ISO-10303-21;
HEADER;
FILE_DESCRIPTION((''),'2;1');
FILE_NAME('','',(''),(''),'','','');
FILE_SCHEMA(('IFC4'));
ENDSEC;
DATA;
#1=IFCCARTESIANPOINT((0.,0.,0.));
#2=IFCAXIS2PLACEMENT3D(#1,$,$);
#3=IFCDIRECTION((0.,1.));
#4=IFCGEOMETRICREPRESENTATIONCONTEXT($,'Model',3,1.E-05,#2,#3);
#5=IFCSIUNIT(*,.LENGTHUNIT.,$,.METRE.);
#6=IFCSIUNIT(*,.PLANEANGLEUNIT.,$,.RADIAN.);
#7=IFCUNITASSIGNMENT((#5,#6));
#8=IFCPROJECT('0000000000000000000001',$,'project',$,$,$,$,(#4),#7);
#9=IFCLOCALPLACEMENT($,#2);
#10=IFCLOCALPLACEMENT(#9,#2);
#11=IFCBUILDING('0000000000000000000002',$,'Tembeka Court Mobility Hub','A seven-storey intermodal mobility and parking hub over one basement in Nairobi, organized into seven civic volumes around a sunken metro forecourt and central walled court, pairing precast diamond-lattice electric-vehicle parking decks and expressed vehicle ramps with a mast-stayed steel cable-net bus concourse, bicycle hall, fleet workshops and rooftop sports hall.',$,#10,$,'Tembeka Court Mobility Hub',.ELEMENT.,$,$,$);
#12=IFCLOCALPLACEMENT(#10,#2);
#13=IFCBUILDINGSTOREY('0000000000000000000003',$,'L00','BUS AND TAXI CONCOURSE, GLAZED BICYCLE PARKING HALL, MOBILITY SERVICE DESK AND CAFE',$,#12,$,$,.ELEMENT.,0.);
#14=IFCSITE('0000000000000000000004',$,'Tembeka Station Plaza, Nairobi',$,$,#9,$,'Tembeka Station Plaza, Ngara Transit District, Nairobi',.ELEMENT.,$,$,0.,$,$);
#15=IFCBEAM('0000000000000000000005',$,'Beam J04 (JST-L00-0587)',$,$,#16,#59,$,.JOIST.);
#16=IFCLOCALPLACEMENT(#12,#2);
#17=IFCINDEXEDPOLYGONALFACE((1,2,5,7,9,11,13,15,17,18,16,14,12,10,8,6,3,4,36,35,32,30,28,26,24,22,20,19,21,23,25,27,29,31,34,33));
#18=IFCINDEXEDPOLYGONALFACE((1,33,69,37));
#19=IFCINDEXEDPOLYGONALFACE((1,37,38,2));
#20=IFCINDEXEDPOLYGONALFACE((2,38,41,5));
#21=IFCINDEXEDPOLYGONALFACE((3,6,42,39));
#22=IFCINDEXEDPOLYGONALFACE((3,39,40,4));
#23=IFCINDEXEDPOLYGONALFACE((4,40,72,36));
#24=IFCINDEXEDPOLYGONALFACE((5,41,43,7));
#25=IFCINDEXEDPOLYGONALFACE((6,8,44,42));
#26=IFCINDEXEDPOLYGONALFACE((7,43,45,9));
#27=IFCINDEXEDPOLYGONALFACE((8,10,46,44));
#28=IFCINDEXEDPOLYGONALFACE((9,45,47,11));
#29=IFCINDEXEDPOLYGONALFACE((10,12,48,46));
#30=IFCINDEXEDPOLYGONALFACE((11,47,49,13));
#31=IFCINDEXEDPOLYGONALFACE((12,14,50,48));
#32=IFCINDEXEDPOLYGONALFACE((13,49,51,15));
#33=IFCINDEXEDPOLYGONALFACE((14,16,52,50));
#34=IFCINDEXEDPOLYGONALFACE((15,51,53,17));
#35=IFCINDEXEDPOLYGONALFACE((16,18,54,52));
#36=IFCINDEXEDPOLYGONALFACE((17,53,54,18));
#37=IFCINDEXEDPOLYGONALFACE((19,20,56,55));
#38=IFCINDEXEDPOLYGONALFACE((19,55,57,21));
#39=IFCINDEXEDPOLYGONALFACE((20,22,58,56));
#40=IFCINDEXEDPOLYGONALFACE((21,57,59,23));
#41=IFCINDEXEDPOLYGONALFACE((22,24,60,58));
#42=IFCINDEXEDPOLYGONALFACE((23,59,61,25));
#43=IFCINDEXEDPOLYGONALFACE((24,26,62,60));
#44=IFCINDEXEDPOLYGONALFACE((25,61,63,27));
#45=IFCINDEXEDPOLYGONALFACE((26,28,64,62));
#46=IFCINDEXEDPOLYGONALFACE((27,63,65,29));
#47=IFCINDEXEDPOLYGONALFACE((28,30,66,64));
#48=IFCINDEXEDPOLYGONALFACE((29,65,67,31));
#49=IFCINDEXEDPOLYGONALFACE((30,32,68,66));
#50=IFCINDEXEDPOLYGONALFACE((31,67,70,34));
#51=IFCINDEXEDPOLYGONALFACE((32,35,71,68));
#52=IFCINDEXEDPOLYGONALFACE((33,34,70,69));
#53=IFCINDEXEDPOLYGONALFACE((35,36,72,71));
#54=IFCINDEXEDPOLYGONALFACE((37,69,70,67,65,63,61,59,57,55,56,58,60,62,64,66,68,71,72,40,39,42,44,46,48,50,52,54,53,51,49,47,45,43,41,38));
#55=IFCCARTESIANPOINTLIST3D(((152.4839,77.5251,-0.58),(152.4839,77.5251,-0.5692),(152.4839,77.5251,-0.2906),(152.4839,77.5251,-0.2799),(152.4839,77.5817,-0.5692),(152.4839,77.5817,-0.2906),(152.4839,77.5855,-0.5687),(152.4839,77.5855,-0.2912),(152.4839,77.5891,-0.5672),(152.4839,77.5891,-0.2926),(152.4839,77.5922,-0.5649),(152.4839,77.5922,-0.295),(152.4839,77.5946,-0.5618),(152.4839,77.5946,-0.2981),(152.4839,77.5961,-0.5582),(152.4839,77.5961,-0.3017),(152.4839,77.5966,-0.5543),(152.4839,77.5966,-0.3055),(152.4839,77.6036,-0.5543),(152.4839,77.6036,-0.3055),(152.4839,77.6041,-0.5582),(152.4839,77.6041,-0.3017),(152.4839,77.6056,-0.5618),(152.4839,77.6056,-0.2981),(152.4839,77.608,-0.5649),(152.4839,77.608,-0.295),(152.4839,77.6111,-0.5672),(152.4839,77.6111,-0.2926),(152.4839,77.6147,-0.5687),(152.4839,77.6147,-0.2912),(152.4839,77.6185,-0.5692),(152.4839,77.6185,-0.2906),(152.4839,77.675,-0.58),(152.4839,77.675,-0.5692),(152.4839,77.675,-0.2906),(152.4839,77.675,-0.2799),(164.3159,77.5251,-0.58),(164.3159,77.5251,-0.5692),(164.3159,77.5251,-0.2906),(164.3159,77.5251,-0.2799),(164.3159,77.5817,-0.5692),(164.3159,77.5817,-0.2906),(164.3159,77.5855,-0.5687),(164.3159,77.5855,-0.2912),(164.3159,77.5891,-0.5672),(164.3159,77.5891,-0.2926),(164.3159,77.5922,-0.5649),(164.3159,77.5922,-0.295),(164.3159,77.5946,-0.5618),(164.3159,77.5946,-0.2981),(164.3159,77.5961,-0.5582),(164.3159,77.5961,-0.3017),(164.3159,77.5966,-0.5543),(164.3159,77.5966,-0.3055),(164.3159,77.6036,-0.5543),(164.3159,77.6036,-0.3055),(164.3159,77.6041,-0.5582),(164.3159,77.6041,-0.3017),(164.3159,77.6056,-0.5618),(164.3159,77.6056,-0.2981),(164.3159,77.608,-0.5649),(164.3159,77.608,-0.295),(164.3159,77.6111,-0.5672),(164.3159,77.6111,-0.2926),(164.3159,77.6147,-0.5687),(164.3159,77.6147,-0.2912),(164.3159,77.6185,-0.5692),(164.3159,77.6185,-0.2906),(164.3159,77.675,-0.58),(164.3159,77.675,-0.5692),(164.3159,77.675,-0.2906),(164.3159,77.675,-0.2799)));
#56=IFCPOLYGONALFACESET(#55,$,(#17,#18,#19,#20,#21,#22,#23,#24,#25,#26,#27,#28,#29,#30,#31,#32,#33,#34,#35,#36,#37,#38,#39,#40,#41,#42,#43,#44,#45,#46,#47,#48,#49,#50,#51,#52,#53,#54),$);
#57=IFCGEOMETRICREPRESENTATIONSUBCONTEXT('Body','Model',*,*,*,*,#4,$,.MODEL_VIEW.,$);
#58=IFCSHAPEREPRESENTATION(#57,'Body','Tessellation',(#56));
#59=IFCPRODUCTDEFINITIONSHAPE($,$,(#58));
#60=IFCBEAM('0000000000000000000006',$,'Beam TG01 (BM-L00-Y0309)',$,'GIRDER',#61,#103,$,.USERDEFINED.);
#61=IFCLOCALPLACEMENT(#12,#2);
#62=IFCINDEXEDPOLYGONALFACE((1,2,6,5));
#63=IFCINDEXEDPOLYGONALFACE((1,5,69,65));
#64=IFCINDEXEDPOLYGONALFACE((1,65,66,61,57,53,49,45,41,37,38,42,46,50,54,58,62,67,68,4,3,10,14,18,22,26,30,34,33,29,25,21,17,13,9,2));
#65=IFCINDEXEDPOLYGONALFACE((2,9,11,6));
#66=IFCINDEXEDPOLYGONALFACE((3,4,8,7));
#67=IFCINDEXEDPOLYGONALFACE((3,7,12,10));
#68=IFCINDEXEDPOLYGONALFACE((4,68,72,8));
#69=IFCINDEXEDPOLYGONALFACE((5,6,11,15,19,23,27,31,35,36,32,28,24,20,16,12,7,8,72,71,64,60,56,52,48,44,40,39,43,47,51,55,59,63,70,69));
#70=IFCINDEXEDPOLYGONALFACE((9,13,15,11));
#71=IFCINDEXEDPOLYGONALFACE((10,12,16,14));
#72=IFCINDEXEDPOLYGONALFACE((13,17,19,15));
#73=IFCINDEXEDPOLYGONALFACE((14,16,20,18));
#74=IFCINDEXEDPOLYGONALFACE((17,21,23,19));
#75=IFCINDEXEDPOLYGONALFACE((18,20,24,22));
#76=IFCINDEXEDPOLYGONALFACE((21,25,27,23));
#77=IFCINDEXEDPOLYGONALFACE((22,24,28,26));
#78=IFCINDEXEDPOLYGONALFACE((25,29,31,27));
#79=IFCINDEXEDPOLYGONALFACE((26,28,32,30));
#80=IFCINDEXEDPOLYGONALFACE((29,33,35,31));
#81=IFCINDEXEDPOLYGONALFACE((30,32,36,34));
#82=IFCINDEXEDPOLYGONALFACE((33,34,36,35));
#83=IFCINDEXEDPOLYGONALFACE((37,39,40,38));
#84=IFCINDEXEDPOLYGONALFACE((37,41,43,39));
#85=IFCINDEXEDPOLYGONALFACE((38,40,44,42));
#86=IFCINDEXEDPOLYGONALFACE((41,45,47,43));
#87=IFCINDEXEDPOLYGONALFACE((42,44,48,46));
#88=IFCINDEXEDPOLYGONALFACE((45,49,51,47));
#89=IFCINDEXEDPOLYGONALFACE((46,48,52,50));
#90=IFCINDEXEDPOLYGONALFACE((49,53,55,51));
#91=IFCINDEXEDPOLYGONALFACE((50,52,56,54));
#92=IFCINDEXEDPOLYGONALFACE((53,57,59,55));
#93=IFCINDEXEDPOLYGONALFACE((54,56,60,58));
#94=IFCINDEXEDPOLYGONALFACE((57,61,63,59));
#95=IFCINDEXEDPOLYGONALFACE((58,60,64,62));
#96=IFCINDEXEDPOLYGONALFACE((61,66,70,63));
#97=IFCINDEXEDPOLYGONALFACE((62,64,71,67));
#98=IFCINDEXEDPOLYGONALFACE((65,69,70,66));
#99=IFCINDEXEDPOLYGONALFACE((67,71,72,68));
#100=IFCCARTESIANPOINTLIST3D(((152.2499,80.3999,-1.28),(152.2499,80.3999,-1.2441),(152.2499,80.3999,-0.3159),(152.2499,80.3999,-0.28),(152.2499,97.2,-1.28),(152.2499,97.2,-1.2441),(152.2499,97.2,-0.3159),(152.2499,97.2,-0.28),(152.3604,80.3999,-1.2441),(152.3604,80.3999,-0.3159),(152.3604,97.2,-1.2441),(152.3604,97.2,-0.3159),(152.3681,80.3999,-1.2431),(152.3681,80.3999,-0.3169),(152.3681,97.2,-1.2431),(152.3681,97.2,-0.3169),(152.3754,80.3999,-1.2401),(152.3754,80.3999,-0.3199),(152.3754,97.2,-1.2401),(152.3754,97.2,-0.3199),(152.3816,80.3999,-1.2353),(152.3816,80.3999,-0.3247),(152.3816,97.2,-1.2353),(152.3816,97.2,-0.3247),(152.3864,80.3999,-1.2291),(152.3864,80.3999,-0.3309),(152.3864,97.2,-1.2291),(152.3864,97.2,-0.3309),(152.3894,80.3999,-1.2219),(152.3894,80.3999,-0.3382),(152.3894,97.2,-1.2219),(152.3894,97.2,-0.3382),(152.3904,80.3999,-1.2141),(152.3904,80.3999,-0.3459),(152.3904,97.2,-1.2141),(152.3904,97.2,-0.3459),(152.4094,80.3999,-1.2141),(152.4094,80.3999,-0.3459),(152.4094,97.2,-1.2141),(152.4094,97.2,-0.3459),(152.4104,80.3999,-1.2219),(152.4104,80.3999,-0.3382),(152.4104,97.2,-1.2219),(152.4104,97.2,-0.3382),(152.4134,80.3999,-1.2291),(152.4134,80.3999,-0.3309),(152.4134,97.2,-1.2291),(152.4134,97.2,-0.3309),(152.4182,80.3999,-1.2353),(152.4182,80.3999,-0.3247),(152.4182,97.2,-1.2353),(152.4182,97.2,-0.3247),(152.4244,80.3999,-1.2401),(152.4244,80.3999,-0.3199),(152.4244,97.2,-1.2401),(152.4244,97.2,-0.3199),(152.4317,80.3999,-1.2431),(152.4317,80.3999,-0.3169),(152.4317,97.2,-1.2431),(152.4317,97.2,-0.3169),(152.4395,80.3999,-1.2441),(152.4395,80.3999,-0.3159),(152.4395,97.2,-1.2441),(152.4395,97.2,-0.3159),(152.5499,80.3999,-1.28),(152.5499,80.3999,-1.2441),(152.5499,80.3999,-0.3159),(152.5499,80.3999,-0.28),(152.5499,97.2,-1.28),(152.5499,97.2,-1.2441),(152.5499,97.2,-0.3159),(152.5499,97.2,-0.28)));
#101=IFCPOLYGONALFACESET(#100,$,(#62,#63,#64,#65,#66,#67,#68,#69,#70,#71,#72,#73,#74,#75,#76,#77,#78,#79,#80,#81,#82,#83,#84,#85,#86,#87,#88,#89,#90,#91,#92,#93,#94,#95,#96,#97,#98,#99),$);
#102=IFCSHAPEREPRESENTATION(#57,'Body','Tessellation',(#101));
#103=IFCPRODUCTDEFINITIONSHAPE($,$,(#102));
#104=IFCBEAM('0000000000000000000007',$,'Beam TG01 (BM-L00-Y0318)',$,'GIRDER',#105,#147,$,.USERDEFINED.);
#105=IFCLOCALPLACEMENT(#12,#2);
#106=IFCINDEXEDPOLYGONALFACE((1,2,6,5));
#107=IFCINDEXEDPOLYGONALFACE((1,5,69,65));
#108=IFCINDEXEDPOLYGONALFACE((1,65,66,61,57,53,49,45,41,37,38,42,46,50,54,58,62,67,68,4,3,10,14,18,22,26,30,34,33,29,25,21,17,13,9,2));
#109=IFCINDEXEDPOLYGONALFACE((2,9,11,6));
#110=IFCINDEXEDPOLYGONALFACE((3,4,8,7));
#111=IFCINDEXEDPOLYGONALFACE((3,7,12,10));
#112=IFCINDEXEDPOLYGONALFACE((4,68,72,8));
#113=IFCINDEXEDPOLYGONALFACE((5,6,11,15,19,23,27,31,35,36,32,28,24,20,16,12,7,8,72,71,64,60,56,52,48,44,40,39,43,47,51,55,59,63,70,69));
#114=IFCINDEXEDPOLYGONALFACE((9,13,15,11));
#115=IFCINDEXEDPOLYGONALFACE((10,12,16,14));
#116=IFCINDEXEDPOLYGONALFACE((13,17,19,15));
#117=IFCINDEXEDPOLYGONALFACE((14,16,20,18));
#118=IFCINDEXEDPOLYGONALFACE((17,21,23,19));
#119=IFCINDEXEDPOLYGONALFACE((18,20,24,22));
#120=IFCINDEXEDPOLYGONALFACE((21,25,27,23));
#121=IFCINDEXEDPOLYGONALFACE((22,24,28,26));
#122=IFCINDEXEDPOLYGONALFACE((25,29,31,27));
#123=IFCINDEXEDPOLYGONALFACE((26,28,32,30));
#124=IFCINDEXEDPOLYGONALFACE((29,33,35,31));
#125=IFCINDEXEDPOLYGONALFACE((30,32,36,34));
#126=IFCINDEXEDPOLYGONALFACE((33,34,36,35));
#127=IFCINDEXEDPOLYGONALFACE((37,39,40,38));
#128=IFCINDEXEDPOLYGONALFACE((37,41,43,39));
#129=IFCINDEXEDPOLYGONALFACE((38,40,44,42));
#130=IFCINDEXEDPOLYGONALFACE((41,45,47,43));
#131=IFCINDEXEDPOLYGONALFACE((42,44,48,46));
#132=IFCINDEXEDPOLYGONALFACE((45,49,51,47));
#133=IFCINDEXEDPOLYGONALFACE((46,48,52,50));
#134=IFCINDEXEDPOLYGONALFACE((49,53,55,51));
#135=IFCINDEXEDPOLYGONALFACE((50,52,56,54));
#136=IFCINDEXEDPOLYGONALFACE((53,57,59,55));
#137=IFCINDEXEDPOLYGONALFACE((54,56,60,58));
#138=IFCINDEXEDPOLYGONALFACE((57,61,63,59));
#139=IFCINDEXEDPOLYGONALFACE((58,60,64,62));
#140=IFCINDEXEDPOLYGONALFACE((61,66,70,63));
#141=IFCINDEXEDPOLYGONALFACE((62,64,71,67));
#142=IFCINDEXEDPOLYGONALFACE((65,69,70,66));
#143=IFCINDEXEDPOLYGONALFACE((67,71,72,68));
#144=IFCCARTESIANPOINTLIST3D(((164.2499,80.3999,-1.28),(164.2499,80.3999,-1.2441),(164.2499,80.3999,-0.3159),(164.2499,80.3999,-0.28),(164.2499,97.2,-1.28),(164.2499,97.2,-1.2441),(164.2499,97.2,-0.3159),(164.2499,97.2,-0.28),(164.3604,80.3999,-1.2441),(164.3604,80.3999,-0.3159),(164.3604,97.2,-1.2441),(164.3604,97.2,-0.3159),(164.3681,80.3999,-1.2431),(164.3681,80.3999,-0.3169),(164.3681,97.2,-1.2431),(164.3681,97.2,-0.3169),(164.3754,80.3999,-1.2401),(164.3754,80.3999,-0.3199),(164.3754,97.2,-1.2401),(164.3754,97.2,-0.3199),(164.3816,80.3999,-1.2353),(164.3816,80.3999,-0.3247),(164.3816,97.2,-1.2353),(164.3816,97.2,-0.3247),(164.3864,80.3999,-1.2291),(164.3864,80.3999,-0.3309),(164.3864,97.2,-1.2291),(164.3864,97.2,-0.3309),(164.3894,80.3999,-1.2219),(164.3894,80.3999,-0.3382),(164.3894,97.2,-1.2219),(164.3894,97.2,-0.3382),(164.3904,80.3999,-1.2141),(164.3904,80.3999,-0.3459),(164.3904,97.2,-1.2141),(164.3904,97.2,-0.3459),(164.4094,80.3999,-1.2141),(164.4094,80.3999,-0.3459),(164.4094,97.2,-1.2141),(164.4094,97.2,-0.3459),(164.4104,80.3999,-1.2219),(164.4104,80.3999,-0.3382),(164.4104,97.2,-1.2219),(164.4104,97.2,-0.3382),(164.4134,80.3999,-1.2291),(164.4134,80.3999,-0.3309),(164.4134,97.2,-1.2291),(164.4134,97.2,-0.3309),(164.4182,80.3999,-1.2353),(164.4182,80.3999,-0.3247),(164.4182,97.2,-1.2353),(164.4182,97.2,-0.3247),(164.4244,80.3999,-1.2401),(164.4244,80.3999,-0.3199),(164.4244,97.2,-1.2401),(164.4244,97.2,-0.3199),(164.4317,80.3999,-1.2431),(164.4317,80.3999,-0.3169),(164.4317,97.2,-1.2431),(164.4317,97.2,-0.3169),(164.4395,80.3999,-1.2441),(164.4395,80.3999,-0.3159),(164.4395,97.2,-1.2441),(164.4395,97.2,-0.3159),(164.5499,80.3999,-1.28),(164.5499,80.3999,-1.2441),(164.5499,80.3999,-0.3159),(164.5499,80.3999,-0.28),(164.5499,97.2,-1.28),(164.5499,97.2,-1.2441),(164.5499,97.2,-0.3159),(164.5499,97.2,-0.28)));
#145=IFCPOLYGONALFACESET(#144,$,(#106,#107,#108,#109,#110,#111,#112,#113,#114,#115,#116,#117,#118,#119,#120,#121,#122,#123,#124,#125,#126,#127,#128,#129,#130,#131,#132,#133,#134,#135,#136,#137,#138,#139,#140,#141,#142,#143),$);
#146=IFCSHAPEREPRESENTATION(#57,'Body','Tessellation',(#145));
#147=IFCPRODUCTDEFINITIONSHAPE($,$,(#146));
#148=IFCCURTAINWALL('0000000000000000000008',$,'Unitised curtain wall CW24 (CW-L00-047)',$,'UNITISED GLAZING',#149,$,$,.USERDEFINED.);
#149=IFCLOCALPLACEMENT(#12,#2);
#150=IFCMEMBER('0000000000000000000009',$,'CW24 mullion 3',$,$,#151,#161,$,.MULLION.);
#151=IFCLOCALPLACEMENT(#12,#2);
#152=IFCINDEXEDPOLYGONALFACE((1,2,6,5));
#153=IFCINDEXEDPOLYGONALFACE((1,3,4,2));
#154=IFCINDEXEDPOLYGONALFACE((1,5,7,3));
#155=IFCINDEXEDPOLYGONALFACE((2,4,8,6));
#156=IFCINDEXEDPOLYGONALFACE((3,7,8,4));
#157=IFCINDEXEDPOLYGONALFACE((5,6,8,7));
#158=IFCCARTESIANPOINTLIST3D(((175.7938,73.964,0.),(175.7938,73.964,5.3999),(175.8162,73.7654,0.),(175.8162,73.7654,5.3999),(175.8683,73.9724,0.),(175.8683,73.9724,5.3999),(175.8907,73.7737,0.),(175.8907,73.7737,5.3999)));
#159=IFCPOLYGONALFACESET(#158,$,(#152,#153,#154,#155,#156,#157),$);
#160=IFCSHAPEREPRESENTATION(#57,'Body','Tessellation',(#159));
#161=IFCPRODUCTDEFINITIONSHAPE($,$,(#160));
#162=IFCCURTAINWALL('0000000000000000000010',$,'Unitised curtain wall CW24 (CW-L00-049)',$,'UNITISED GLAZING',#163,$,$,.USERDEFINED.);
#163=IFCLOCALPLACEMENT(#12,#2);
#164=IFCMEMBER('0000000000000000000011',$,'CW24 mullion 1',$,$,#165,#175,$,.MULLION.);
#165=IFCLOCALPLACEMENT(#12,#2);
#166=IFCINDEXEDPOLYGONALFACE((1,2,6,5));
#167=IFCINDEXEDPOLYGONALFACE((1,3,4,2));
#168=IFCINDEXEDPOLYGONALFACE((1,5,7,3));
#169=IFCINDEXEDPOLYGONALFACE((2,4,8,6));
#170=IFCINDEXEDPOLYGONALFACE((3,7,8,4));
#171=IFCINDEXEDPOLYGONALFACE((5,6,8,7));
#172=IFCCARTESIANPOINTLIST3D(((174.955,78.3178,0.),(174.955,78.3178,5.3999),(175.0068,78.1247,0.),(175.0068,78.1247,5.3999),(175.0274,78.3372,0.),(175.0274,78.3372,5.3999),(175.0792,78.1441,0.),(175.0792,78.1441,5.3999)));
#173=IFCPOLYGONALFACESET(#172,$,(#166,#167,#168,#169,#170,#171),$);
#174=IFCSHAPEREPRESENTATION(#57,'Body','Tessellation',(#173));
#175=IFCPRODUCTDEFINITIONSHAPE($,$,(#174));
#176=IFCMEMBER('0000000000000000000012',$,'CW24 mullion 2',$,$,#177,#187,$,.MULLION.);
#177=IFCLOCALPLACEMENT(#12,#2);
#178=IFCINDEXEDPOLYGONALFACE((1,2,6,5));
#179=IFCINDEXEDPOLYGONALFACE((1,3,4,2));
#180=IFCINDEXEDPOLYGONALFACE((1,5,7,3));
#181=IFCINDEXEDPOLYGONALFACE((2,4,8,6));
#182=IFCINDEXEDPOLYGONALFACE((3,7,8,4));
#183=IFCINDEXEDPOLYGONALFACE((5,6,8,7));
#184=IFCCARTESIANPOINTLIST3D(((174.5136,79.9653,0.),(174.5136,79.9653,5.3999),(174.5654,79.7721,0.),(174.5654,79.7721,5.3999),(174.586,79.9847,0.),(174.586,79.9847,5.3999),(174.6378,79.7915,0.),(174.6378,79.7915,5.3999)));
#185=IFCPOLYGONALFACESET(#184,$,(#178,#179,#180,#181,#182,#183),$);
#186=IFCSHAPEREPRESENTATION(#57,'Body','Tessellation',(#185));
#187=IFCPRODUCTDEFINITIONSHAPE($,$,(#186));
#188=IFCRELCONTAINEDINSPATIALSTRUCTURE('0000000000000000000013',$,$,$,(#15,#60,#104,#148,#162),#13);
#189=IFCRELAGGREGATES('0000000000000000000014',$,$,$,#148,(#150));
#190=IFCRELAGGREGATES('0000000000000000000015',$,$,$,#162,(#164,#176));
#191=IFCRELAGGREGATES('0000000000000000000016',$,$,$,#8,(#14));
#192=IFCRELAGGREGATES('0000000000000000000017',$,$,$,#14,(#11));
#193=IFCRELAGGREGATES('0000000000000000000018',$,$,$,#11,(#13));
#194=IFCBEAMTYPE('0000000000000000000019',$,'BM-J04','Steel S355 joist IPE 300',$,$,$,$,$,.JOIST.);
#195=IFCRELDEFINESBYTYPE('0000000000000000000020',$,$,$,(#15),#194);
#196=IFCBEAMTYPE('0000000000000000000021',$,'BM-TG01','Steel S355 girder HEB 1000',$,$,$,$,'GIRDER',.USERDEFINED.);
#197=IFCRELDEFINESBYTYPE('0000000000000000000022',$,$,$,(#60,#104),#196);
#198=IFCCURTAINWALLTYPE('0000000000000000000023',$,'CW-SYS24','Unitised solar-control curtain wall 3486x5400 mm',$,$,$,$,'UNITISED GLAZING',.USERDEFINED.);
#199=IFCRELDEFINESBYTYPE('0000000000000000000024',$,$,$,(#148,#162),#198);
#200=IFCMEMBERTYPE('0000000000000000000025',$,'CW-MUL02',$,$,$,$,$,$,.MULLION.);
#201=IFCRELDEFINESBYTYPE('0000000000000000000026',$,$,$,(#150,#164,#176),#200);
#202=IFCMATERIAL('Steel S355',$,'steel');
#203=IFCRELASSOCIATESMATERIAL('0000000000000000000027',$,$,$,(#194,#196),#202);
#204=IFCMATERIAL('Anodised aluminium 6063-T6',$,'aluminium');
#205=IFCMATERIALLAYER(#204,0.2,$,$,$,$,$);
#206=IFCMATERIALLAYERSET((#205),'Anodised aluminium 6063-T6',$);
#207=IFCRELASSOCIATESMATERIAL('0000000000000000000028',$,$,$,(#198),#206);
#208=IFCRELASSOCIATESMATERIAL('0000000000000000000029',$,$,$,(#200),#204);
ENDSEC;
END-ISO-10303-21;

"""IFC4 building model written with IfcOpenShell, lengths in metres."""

from ifc_helpers import new_model, si_unit, direction, frame, origin, origin_2d, place, context, subcontext, project, spatial, rectangle, i_section, extrude, material, layer, layer_set, material_profile, profile_set, type_object, element, aggregate, save


model = new_model("IFC4")

# Units and contexts
model_context = context("Model", 3, precision=1e-05, world=origin(), true_north=direction((0.0, 1.0)))
body_context = subcontext(model_context, "Body", "Model", "MODEL_VIEW")
ifc_project = project(units=[si_unit("LENGTHUNIT", "METRE"), si_unit("PLANEANGLEUNIT", "RADIAN")], contexts=[model_context])

# Site, building, storey
site_placement = place(None, origin())
site = spatial("IfcSite", under=ifc_project, at=site_placement, Name="Tembeka Station Plaza, Nairobi", LongName="Tembeka Station Plaza, Ngara Transit District, Nairobi", CompositionType="ELEMENT", RefElevation=0.0)
building_placement = place(site_placement, origin())
building = spatial("IfcBuilding", under=site, at=building_placement, Name="Tembeka Court Mobility Hub", Description="A seven-storey intermodal mobility and parking hub over one basement in Nairobi, organized into seven civic volumes around a sunken metro forecourt and central walled court, pairing precast diamond-lattice electric-vehicle parking decks and expressed vehicle ramps with a mast-stayed steel cable-net bus concourse, bicycle hall, fleet workshops and rooftop sports hall.", LongName="Tembeka Court Mobility Hub", CompositionType="ELEMENT")
storey_placement = place(building_placement, origin())
storey = spatial("IfcBuildingStorey", under=building, at=storey_placement, Name="L00", Description="BUS AND TAXI CONCOURSE, GLAZED BICYCLE PARKING HALL, MOBILITY SERVICE DESK AND CAFE", CompositionType="ELEMENT", Elevation=0.0)

# Shared definitions
ifc_material_1 = material(Name="Steel S355", Category="steel")

# Beams
ifc_material_profile_1 = material_profile(ifc_material_1, i_section(OverallWidth=0.1499, OverallDepth=0.3, WebThickness=0.0071, FlangeThickness=0.0107, FilletRadius=0.0149, at=origin_2d()), Name="IPE 300")
ifc_profile_set_1 = profile_set([ifc_material_profile_1], Name="Steel S355")
beam_type_1 = type_object("IfcBeamType", Name="BM-J04", Description="Steel S355 joist IPE 300", PredefinedType="JOIST", material=ifc_profile_set_1)
for number, where, z_axis, x_axis, name in (
    (1, (152.4839, 77.6001, -0.4299), (1.0, 0.0, 0.0), (0.0, 1.0, 0.0), "Beam J04 (JST-L00-0587)"),
):
    element("IfcBeam", number, at=place(storey_placement, frame(where, z_axis=z_axis, x_axis=x_axis)), inside=storey, type_object=beam_type_1, Name=name, PredefinedType="JOIST", context=body_context, shape_type="SweptSolid", body=[
        extrude(i_section(OverallWidth=0.1499, OverallDepth=0.3, WebThickness=0.0071, FlangeThickness=0.0107, FilletRadius=0.0149, at=origin_2d()), origin(), (0.0, 0.0, 1.0), 11.832),
    ])
ifc_material_profile_2 = material_profile(ifc_material_1, i_section(OverallWidth=0.3, OverallDepth=1.0, WebThickness=0.019, FlangeThickness=0.0359, FilletRadius=0.03, at=origin_2d()), Name="HEB 1000")
ifc_profile_set_2 = profile_set([ifc_material_profile_2], Name="Steel S355")
beam_type_2 = type_object("IfcBeamType", Name="BM-TG01", Description="Steel S355 girder HEB 1000", ElementType="GIRDER", PredefinedType="USERDEFINED", material=ifc_profile_set_2)
for number, where, z_axis, x_axis, name in (
    (2, (152.3999, 80.3999, -0.78), (0.0, 1.0, 0.0), (-1.0, 0.0, 0.0), "Beam TG01 (BM-L00-Y0309)"),
    (3, (164.3999, 80.3999, -0.78), (0.0, 1.0, 0.0), (-1.0, 0.0, 0.0), "Beam TG01 (BM-L00-Y0318)"),
):
    element("IfcBeam", number, at=place(storey_placement, frame(where, z_axis=z_axis, x_axis=x_axis)), inside=storey, type_object=beam_type_2, Name=name, ObjectType="GIRDER", PredefinedType="USERDEFINED", context=body_context, shape_type="SweptSolid", body=[
        extrude(i_section(OverallWidth=0.3, OverallDepth=1.0, WebThickness=0.019, FlangeThickness=0.0359, FilletRadius=0.03, at=origin_2d()), origin(), (0.0, 0.0, 1.0), 16.8),
    ])

# Curtain wall, member
ifc_material_2 = material(Name="Anodised aluminium 6063-T6", Category="aluminium")
ifc_layer_1 = layer(ifc_material_2, 0.2)
ifc_layer_set_1 = layer_set([ifc_layer_1], Name="Anodised aluminium 6063-T6")
curtain_wall_type = type_object("IfcCurtainWallType", Name="CW-SYS24", Description="Unitised solar-control curtain wall 3486x5400 mm", ElementType="UNITISED GLAZING", PredefinedType="USERDEFINED", material=ifc_layer_set_1)
curtain_wall_1_placement = place(storey_placement, origin())
curtain_wall_1 = element("IfcCurtainWall", 4, at=curtain_wall_1_placement, inside=storey, type_object=curtain_wall_type, Name="Unitised curtain wall CW24 (CW-L00-047)", ObjectType="UNITISED GLAZING", PredefinedType="USERDEFINED")
ifc_material_profile_3 = material_profile(ifc_material_2, rectangle(XDim=0.075, YDim=0.2, at=origin_2d()), Name="ALU-MUL 75x200")
ifc_profile_set_3 = profile_set([ifc_material_profile_3], Name="Anodised aluminium 6063-T6")
member_type_1 = type_object("IfcMemberType", Name="CW-MUL02", PredefinedType="MULLION", material=ifc_profile_set_3)
member_1_placement = place(storey_placement, frame((175.8423, 73.8689, 0.0), z_axis=(0.0, 0.0, 1.0), x_axis=(-0.99371, -0.111987, 0.0)))
member_1 = element("IfcMember", 5, at=member_1_placement, type_object=member_type_1, Name="CW24 mullion 3", PredefinedType="MULLION", context=body_context, shape_type="SweptSolid", body=[
    extrude(rectangle(XDim=0.075, YDim=0.2, at=origin_2d()), origin(), (0.0, 0.0, 1.0), 5.3999),
])

# Curtain wall, members
curtain_wall_2_placement = place(storey_placement, origin())
curtain_wall_2 = element("IfcCurtainWall", 6, at=curtain_wall_2_placement, inside=storey, type_object=curtain_wall_type, Name="Unitised curtain wall CW24 (CW-L00-049)", ObjectType="UNITISED GLAZING", PredefinedType="USERDEFINED")
member_2_placement = place(storey_placement, frame((175.0171, 78.231, 0.0), z_axis=(0.0, 0.0, 1.0), x_axis=(-0.965923, -0.258828, 0.0)))
member_2 = element("IfcMember", 7, at=member_2_placement, type_object=member_type_1, Name="CW24 mullion 1", PredefinedType="MULLION", context=body_context, shape_type="SweptSolid", body=[
    extrude(rectangle(XDim=0.075, YDim=0.2, at=origin_2d()), origin(), (0.0, 0.0, 1.0), 5.3999),
])
member_3_placement = place(storey_placement, frame((174.5757, 79.8784, 0.0), z_axis=(0.0, 0.0, 1.0), x_axis=(-0.965923, -0.258828, 0.0)))
member_3 = element("IfcMember", 8, at=member_3_placement, type_object=member_type_1, Name="CW24 mullion 2", PredefinedType="MULLION", context=body_context, shape_type="SweptSolid", body=[
    extrude(rectangle(XDim=0.075, YDim=0.2, at=origin_2d()), origin(), (0.0, 0.0, 1.0), 5.3999),
])

aggregate(curtain_wall_1, [member_1])
aggregate(curtain_wall_2, [member_2, member_3])

save(model, "model.ifc")
